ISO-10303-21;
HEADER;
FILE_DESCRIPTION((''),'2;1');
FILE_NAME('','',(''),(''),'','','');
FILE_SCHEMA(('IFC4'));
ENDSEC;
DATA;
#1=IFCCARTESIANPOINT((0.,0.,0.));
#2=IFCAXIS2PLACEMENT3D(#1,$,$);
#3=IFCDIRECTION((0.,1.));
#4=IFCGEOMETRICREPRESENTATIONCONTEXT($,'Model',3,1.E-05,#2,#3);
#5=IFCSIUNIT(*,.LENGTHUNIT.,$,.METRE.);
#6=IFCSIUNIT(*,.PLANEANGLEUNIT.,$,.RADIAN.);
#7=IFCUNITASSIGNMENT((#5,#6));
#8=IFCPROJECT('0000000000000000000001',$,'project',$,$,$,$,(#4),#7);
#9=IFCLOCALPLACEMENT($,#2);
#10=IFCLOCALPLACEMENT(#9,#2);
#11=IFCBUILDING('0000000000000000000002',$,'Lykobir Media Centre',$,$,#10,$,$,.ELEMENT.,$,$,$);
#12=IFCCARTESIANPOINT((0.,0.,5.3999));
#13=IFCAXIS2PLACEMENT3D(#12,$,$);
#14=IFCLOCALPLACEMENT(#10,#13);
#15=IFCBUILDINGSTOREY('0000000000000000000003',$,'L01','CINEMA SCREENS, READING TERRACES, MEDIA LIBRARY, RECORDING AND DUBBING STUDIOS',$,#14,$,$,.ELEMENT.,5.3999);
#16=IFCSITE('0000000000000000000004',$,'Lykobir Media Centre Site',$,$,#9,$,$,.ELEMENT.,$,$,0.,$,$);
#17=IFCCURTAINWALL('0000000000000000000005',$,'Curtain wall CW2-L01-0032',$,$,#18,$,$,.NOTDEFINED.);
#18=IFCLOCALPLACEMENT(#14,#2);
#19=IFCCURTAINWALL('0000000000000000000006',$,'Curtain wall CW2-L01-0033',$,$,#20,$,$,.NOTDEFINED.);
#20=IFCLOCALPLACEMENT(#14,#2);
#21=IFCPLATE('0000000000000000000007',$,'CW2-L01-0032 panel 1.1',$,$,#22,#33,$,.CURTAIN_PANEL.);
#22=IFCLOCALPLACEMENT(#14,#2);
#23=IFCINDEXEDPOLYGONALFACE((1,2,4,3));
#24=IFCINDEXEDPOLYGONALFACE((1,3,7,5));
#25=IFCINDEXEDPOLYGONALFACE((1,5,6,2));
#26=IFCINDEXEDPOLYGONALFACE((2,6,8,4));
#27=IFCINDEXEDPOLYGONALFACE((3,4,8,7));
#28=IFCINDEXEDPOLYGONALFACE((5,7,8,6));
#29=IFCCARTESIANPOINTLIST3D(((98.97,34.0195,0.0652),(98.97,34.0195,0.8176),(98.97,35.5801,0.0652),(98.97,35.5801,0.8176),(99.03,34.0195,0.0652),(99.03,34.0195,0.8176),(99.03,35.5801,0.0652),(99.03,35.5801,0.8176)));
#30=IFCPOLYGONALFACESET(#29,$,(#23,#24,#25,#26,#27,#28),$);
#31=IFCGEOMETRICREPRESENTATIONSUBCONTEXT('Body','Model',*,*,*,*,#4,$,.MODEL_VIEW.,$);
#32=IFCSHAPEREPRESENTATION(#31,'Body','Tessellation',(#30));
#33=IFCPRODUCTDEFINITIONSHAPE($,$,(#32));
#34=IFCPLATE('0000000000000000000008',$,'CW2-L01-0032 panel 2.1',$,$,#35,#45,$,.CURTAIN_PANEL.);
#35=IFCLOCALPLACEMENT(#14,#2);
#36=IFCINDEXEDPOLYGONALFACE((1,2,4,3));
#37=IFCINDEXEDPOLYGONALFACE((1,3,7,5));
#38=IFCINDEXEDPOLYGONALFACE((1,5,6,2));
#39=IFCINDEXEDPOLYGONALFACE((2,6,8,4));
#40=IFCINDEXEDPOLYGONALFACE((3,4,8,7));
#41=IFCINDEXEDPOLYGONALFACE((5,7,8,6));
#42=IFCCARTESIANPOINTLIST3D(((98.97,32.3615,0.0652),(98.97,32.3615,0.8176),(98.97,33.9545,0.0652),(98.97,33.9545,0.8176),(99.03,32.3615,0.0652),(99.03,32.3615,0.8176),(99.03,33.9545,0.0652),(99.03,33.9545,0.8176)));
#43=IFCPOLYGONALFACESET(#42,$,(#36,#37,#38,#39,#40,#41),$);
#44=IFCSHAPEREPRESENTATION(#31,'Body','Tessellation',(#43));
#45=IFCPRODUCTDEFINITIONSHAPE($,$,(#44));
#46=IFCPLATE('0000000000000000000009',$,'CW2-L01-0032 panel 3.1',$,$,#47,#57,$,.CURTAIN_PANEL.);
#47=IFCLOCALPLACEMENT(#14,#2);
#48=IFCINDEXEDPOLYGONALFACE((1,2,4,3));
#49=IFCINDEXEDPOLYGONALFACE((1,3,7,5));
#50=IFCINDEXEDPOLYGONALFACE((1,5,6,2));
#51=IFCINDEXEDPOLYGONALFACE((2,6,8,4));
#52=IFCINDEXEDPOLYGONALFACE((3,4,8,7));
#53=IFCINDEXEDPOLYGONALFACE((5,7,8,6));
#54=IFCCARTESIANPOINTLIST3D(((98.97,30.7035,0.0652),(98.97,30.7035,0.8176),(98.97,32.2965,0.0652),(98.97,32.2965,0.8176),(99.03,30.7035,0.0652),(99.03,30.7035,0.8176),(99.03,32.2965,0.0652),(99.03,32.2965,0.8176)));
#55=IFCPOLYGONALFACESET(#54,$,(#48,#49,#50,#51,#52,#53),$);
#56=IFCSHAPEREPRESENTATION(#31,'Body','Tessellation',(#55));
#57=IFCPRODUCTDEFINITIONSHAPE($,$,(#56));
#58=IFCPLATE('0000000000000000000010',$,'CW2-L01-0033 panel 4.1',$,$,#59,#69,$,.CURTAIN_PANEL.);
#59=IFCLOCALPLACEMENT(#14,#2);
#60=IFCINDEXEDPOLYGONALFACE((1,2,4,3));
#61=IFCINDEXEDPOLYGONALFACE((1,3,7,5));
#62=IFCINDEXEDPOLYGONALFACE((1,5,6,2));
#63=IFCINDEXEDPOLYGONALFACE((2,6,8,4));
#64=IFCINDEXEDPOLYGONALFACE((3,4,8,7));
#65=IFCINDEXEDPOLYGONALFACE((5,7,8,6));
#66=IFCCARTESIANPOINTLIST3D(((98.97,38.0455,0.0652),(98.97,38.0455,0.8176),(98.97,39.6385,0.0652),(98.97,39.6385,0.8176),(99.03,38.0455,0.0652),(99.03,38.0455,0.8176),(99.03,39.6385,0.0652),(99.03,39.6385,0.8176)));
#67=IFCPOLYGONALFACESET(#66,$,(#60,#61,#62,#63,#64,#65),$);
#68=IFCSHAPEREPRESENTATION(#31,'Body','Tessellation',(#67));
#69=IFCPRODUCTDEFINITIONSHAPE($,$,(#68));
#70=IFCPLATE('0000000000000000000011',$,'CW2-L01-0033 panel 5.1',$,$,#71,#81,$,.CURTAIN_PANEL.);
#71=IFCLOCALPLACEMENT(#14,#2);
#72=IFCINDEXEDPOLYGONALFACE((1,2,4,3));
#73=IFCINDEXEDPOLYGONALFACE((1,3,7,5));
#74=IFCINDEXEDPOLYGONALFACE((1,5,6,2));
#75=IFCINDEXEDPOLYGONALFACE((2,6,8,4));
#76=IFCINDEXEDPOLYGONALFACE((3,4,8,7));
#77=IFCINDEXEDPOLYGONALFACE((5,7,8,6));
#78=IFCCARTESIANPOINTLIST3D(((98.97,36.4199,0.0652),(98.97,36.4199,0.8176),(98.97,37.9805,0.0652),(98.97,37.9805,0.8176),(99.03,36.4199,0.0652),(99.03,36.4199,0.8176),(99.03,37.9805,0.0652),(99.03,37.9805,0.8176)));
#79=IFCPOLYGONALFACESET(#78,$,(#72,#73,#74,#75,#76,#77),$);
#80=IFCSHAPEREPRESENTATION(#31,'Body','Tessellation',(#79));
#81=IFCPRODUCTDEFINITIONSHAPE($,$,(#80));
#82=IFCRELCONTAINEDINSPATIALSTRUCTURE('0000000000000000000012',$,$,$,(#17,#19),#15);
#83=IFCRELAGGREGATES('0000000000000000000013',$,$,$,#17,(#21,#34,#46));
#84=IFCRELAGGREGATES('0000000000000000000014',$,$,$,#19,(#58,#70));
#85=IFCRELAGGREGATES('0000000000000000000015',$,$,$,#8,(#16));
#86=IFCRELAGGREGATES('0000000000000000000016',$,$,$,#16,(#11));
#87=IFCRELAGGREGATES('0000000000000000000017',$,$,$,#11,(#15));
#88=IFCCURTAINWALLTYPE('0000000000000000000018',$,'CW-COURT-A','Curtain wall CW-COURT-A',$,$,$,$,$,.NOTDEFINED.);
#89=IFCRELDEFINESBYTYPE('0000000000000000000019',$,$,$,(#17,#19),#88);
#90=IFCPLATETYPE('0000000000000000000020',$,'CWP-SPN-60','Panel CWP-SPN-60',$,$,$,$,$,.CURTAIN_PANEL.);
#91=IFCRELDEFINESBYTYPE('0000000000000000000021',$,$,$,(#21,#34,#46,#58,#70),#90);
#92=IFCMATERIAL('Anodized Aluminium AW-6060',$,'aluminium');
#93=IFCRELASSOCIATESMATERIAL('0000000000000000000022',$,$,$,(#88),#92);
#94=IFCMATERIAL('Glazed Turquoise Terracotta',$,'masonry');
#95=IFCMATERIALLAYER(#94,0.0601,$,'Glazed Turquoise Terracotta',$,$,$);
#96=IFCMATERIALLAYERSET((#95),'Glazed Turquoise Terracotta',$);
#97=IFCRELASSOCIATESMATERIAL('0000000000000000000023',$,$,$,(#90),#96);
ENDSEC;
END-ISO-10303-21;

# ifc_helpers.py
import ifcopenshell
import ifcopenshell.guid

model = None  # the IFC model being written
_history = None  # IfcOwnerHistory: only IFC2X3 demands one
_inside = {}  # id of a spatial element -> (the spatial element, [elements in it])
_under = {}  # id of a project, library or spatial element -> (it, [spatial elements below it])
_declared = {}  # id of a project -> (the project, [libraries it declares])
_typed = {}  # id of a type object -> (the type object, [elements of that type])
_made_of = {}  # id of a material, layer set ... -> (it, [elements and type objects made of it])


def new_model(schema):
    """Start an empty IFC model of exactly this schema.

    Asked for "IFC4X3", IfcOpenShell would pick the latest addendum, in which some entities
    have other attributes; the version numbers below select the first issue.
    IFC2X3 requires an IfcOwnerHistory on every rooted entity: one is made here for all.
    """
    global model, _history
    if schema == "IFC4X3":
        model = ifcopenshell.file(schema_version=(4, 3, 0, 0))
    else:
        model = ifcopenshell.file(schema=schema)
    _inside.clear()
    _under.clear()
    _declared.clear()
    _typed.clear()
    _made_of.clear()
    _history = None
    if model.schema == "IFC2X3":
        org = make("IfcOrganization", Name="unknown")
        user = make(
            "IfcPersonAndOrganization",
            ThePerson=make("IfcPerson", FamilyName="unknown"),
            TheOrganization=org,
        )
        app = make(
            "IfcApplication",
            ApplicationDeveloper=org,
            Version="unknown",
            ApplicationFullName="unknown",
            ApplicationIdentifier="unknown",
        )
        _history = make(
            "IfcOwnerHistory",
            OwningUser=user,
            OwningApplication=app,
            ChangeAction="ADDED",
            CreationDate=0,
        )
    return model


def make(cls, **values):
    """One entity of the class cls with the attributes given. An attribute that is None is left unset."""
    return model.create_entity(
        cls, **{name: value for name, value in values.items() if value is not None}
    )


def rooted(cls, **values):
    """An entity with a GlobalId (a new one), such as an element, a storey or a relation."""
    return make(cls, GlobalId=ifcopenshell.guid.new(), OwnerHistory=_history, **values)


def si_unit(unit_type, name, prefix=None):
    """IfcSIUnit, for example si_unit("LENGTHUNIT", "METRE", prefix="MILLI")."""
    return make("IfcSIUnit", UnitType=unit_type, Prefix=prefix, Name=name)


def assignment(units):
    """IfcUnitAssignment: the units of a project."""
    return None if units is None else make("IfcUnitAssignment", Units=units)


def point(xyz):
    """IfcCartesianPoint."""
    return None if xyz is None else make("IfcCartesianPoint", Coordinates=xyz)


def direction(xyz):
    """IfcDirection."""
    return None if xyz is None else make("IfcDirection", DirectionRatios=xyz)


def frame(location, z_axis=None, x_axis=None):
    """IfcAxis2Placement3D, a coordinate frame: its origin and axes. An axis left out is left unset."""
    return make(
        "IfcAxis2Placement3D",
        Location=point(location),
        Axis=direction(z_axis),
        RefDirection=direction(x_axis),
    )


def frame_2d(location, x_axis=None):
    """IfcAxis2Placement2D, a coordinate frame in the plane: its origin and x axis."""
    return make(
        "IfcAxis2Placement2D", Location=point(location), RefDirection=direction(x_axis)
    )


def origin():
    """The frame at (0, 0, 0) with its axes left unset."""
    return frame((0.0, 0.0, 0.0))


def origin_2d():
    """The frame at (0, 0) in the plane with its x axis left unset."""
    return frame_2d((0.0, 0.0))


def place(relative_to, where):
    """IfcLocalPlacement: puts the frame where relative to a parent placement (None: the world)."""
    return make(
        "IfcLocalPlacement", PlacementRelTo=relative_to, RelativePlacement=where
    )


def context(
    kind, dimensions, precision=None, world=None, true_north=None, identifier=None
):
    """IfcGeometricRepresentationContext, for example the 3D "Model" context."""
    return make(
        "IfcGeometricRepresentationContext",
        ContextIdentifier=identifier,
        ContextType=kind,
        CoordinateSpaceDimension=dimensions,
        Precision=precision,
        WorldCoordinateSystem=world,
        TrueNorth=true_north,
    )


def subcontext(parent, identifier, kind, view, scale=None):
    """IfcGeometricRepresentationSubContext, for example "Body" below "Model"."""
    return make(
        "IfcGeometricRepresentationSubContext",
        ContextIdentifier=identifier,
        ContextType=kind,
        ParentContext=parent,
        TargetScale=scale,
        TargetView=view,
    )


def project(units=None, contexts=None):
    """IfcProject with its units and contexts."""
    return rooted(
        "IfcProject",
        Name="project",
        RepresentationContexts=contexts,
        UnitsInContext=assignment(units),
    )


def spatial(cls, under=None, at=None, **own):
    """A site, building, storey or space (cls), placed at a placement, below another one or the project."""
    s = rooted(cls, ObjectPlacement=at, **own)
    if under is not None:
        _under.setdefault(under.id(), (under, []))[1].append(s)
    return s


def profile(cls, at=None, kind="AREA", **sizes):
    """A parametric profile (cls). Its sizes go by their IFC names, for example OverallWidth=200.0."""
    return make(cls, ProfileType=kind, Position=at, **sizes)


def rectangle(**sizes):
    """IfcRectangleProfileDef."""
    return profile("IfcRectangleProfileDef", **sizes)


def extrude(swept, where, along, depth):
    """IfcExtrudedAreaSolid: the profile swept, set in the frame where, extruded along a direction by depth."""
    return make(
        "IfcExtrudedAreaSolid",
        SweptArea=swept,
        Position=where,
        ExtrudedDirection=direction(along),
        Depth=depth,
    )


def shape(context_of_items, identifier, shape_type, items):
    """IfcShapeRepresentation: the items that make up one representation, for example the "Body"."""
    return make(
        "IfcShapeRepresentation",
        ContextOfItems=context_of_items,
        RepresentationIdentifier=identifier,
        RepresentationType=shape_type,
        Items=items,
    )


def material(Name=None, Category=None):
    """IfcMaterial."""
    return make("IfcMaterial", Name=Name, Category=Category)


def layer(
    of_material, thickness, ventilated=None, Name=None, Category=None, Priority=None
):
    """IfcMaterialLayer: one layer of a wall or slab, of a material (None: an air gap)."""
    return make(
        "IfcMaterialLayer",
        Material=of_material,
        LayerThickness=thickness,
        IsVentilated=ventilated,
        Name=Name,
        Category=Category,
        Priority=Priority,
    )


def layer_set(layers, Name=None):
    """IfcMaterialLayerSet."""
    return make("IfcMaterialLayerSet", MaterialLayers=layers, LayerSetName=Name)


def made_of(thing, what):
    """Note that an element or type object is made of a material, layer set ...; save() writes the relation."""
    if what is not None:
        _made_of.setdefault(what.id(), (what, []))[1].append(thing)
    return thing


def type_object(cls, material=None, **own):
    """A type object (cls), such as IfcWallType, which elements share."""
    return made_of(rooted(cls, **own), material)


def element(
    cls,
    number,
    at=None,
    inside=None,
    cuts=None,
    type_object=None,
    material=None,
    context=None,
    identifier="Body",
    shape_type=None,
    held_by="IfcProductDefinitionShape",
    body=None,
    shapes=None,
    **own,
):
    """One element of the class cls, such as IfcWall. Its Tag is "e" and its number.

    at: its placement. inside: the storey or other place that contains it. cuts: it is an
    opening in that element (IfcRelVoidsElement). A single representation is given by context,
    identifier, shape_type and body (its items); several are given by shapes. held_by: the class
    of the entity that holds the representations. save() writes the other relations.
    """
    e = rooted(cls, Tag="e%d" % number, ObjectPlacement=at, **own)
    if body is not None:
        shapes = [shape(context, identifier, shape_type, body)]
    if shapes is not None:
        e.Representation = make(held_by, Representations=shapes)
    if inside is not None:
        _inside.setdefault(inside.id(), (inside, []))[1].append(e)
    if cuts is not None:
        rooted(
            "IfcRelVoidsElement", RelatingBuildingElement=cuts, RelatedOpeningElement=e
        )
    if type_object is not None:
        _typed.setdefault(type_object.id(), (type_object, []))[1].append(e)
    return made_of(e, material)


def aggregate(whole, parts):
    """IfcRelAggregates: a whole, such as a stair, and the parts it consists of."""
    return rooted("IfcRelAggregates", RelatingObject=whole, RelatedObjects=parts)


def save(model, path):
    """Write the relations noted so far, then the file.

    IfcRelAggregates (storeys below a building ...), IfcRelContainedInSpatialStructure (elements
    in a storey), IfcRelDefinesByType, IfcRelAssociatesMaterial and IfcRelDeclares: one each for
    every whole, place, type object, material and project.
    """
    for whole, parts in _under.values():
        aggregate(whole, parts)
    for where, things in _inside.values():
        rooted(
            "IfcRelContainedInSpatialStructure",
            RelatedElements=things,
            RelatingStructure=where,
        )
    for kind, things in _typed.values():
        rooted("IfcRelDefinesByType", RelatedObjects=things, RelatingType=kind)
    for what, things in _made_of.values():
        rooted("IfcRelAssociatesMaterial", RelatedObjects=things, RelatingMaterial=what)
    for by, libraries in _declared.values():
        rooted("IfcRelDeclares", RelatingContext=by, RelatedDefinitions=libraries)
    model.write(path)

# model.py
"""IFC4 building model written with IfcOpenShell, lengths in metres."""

from ifc_helpers import new_model, si_unit, direction, frame, origin, origin_2d, place, context, subcontext, project, spatial, rectangle, extrude, material, layer, layer_set, type_object, element, aggregate, save


model = new_model("IFC4")

# Units and contexts
model_context = context("Model", 3, precision=1e-05, world=origin(), true_north=direction((0.0, 1.0)))
body_context = subcontext(model_context, "Body", "Model", "MODEL_VIEW")
ifc_project = project(units=[si_unit("LENGTHUNIT", "METRE"), si_unit("PLANEANGLEUNIT", "RADIAN")], contexts=[model_context])

# Site, building, storey
site_placement = place(None, origin())
site = spatial("IfcSite", under=ifc_project, at=site_placement, Name="Lykobir Media Centre Site", CompositionType="ELEMENT", RefElevation=0.0)
building_placement = place(site_placement, origin())
building = spatial("IfcBuilding", under=site, at=building_placement, Name="Lykobir Media Centre", CompositionType="ELEMENT")
storey_placement = place(building_placement, frame((0.0, 0.0, 5.3999)))
storey = spatial("IfcBuildingStorey", under=building, at=storey_placement, Name="L01", Description="CINEMA SCREENS, READING TERRACES, MEDIA LIBRARY, RECORDING AND DUBBING STUDIOS", CompositionType="ELEMENT", Elevation=5.3999)

# Curtain walls
ifc_material_1 = material(Name="Anodized Aluminium AW-6060", Category="aluminium")
curtain_wall_type_1 = type_object("IfcCurtainWallType", Name="CW-COURT-A", Description="Curtain wall CW-COURT-A", PredefinedType="NOTDEFINED", material=ifc_material_1)
curtain_wall_1_placement = place(storey_placement, origin())
curtain_wall_1 = element("IfcCurtainWall", 1, at=curtain_wall_1_placement, inside=storey, type_object=curtain_wall_type_1, Name="Curtain wall CW2-L01-0032", PredefinedType="NOTDEFINED")
curtain_wall_2_placement = place(storey_placement, origin())
curtain_wall_2 = element("IfcCurtainWall", 2, at=curtain_wall_2_placement, inside=storey, type_object=curtain_wall_type_1, Name="Curtain wall CW2-L01-0033", PredefinedType="NOTDEFINED")

# Plates
ifc_material_2 = material(Name="Glazed Turquoise Terracotta", Category="masonry")
ifc_layer_1 = layer(ifc_material_2, 0.0601, Name="Glazed Turquoise Terracotta")
ifc_layer_set_1 = layer_set([ifc_layer_1], Name="Glazed Turquoise Terracotta")
plate_type_1 = type_object("IfcPlateType", Name="CWP-SPN-60", Description="Panel CWP-SPN-60", PredefinedType="CURTAIN_PANEL", material=ifc_layer_set_1)
plate_1_placement = place(storey_placement, frame((99.0, 34.7998, 0.0652), z_axis=(0.0, 0.0, 1.0), x_axis=(0.0, -1.0, 0.0)))
plate_1 = element("IfcPlate", 3, at=plate_1_placement, type_object=plate_type_1, Name="CW2-L01-0032 panel 1.1", PredefinedType="CURTAIN_PANEL", context=body_context, shape_type="SweptSolid", body=[
    extrude(rectangle(XDim=1.5605, YDim=0.0601, at=origin_2d()), origin(), (0.0, 0.0, 1.0), 0.7524),
])
plate_2_placement = place(storey_placement, frame((99.0, 33.158, 0.0652), z_axis=(0.0, 0.0, 1.0), x_axis=(0.0, -1.0, 0.0)))
plate_2 = element("IfcPlate", 4, at=plate_2_placement, type_object=plate_type_1, Name="CW2-L01-0032 panel 2.1", PredefinedType="CURTAIN_PANEL", context=body_context, shape_type="SweptSolid", body=[
    extrude(rectangle(XDim=1.593, YDim=0.0601, at=origin_2d()), origin(), (0.0, 0.0, 1.0), 0.7524),
])
plate_3_placement = place(storey_placement, frame((99.0, 31.5, 0.0652), z_axis=(0.0, 0.0, 1.0), x_axis=(0.0, -1.0, 0.0)))
plate_3 = element("IfcPlate", 5, at=plate_3_placement, type_object=plate_type_1, Name="CW2-L01-0032 panel 3.1", PredefinedType="CURTAIN_PANEL", context=body_context, shape_type="SweptSolid", body=[
    extrude(rectangle(XDim=1.593, YDim=0.0601, at=origin_2d()), origin(), (0.0, 0.0, 1.0), 0.7524),
])
aggregate(curtain_wall_1, [plate_1, plate_2, plate_3])
plate_4_placement = place(storey_placement, frame((99.0, 38.842, 0.0652), z_axis=(0.0, 0.0, 1.0), x_axis=(0.0, -1.0, 0.0)))
plate_4 = element("IfcPlate", 6, at=plate_4_placement, type_object=plate_type_1, Name="CW2-L01-0033 panel 4.1", PredefinedType="CURTAIN_PANEL", context=body_context, shape_type="SweptSolid", body=[
    extrude(rectangle(XDim=1.593, YDim=0.0601, at=origin_2d()), origin(), (0.0, 0.0, 1.0), 0.7524),
])
plate_5_placement = place(storey_placement, frame((99.0, 37.2002, 0.0652), z_axis=(0.0, 0.0, 1.0), x_axis=(0.0, -1.0, 0.0)))
plate_5 = element("IfcPlate", 7, at=plate_5_placement, type_object=plate_type_1, Name="CW2-L01-0033 panel 5.1", PredefinedType="CURTAIN_PANEL", context=body_context, shape_type="SweptSolid", body=[
    extrude(rectangle(XDim=1.5605, YDim=0.0601, at=origin_2d()), origin(), (0.0, 0.0, 1.0), 0.7524),
])
aggregate(curtain_wall_2, [plate_4, plate_5])

save(model, "model.ifc")
